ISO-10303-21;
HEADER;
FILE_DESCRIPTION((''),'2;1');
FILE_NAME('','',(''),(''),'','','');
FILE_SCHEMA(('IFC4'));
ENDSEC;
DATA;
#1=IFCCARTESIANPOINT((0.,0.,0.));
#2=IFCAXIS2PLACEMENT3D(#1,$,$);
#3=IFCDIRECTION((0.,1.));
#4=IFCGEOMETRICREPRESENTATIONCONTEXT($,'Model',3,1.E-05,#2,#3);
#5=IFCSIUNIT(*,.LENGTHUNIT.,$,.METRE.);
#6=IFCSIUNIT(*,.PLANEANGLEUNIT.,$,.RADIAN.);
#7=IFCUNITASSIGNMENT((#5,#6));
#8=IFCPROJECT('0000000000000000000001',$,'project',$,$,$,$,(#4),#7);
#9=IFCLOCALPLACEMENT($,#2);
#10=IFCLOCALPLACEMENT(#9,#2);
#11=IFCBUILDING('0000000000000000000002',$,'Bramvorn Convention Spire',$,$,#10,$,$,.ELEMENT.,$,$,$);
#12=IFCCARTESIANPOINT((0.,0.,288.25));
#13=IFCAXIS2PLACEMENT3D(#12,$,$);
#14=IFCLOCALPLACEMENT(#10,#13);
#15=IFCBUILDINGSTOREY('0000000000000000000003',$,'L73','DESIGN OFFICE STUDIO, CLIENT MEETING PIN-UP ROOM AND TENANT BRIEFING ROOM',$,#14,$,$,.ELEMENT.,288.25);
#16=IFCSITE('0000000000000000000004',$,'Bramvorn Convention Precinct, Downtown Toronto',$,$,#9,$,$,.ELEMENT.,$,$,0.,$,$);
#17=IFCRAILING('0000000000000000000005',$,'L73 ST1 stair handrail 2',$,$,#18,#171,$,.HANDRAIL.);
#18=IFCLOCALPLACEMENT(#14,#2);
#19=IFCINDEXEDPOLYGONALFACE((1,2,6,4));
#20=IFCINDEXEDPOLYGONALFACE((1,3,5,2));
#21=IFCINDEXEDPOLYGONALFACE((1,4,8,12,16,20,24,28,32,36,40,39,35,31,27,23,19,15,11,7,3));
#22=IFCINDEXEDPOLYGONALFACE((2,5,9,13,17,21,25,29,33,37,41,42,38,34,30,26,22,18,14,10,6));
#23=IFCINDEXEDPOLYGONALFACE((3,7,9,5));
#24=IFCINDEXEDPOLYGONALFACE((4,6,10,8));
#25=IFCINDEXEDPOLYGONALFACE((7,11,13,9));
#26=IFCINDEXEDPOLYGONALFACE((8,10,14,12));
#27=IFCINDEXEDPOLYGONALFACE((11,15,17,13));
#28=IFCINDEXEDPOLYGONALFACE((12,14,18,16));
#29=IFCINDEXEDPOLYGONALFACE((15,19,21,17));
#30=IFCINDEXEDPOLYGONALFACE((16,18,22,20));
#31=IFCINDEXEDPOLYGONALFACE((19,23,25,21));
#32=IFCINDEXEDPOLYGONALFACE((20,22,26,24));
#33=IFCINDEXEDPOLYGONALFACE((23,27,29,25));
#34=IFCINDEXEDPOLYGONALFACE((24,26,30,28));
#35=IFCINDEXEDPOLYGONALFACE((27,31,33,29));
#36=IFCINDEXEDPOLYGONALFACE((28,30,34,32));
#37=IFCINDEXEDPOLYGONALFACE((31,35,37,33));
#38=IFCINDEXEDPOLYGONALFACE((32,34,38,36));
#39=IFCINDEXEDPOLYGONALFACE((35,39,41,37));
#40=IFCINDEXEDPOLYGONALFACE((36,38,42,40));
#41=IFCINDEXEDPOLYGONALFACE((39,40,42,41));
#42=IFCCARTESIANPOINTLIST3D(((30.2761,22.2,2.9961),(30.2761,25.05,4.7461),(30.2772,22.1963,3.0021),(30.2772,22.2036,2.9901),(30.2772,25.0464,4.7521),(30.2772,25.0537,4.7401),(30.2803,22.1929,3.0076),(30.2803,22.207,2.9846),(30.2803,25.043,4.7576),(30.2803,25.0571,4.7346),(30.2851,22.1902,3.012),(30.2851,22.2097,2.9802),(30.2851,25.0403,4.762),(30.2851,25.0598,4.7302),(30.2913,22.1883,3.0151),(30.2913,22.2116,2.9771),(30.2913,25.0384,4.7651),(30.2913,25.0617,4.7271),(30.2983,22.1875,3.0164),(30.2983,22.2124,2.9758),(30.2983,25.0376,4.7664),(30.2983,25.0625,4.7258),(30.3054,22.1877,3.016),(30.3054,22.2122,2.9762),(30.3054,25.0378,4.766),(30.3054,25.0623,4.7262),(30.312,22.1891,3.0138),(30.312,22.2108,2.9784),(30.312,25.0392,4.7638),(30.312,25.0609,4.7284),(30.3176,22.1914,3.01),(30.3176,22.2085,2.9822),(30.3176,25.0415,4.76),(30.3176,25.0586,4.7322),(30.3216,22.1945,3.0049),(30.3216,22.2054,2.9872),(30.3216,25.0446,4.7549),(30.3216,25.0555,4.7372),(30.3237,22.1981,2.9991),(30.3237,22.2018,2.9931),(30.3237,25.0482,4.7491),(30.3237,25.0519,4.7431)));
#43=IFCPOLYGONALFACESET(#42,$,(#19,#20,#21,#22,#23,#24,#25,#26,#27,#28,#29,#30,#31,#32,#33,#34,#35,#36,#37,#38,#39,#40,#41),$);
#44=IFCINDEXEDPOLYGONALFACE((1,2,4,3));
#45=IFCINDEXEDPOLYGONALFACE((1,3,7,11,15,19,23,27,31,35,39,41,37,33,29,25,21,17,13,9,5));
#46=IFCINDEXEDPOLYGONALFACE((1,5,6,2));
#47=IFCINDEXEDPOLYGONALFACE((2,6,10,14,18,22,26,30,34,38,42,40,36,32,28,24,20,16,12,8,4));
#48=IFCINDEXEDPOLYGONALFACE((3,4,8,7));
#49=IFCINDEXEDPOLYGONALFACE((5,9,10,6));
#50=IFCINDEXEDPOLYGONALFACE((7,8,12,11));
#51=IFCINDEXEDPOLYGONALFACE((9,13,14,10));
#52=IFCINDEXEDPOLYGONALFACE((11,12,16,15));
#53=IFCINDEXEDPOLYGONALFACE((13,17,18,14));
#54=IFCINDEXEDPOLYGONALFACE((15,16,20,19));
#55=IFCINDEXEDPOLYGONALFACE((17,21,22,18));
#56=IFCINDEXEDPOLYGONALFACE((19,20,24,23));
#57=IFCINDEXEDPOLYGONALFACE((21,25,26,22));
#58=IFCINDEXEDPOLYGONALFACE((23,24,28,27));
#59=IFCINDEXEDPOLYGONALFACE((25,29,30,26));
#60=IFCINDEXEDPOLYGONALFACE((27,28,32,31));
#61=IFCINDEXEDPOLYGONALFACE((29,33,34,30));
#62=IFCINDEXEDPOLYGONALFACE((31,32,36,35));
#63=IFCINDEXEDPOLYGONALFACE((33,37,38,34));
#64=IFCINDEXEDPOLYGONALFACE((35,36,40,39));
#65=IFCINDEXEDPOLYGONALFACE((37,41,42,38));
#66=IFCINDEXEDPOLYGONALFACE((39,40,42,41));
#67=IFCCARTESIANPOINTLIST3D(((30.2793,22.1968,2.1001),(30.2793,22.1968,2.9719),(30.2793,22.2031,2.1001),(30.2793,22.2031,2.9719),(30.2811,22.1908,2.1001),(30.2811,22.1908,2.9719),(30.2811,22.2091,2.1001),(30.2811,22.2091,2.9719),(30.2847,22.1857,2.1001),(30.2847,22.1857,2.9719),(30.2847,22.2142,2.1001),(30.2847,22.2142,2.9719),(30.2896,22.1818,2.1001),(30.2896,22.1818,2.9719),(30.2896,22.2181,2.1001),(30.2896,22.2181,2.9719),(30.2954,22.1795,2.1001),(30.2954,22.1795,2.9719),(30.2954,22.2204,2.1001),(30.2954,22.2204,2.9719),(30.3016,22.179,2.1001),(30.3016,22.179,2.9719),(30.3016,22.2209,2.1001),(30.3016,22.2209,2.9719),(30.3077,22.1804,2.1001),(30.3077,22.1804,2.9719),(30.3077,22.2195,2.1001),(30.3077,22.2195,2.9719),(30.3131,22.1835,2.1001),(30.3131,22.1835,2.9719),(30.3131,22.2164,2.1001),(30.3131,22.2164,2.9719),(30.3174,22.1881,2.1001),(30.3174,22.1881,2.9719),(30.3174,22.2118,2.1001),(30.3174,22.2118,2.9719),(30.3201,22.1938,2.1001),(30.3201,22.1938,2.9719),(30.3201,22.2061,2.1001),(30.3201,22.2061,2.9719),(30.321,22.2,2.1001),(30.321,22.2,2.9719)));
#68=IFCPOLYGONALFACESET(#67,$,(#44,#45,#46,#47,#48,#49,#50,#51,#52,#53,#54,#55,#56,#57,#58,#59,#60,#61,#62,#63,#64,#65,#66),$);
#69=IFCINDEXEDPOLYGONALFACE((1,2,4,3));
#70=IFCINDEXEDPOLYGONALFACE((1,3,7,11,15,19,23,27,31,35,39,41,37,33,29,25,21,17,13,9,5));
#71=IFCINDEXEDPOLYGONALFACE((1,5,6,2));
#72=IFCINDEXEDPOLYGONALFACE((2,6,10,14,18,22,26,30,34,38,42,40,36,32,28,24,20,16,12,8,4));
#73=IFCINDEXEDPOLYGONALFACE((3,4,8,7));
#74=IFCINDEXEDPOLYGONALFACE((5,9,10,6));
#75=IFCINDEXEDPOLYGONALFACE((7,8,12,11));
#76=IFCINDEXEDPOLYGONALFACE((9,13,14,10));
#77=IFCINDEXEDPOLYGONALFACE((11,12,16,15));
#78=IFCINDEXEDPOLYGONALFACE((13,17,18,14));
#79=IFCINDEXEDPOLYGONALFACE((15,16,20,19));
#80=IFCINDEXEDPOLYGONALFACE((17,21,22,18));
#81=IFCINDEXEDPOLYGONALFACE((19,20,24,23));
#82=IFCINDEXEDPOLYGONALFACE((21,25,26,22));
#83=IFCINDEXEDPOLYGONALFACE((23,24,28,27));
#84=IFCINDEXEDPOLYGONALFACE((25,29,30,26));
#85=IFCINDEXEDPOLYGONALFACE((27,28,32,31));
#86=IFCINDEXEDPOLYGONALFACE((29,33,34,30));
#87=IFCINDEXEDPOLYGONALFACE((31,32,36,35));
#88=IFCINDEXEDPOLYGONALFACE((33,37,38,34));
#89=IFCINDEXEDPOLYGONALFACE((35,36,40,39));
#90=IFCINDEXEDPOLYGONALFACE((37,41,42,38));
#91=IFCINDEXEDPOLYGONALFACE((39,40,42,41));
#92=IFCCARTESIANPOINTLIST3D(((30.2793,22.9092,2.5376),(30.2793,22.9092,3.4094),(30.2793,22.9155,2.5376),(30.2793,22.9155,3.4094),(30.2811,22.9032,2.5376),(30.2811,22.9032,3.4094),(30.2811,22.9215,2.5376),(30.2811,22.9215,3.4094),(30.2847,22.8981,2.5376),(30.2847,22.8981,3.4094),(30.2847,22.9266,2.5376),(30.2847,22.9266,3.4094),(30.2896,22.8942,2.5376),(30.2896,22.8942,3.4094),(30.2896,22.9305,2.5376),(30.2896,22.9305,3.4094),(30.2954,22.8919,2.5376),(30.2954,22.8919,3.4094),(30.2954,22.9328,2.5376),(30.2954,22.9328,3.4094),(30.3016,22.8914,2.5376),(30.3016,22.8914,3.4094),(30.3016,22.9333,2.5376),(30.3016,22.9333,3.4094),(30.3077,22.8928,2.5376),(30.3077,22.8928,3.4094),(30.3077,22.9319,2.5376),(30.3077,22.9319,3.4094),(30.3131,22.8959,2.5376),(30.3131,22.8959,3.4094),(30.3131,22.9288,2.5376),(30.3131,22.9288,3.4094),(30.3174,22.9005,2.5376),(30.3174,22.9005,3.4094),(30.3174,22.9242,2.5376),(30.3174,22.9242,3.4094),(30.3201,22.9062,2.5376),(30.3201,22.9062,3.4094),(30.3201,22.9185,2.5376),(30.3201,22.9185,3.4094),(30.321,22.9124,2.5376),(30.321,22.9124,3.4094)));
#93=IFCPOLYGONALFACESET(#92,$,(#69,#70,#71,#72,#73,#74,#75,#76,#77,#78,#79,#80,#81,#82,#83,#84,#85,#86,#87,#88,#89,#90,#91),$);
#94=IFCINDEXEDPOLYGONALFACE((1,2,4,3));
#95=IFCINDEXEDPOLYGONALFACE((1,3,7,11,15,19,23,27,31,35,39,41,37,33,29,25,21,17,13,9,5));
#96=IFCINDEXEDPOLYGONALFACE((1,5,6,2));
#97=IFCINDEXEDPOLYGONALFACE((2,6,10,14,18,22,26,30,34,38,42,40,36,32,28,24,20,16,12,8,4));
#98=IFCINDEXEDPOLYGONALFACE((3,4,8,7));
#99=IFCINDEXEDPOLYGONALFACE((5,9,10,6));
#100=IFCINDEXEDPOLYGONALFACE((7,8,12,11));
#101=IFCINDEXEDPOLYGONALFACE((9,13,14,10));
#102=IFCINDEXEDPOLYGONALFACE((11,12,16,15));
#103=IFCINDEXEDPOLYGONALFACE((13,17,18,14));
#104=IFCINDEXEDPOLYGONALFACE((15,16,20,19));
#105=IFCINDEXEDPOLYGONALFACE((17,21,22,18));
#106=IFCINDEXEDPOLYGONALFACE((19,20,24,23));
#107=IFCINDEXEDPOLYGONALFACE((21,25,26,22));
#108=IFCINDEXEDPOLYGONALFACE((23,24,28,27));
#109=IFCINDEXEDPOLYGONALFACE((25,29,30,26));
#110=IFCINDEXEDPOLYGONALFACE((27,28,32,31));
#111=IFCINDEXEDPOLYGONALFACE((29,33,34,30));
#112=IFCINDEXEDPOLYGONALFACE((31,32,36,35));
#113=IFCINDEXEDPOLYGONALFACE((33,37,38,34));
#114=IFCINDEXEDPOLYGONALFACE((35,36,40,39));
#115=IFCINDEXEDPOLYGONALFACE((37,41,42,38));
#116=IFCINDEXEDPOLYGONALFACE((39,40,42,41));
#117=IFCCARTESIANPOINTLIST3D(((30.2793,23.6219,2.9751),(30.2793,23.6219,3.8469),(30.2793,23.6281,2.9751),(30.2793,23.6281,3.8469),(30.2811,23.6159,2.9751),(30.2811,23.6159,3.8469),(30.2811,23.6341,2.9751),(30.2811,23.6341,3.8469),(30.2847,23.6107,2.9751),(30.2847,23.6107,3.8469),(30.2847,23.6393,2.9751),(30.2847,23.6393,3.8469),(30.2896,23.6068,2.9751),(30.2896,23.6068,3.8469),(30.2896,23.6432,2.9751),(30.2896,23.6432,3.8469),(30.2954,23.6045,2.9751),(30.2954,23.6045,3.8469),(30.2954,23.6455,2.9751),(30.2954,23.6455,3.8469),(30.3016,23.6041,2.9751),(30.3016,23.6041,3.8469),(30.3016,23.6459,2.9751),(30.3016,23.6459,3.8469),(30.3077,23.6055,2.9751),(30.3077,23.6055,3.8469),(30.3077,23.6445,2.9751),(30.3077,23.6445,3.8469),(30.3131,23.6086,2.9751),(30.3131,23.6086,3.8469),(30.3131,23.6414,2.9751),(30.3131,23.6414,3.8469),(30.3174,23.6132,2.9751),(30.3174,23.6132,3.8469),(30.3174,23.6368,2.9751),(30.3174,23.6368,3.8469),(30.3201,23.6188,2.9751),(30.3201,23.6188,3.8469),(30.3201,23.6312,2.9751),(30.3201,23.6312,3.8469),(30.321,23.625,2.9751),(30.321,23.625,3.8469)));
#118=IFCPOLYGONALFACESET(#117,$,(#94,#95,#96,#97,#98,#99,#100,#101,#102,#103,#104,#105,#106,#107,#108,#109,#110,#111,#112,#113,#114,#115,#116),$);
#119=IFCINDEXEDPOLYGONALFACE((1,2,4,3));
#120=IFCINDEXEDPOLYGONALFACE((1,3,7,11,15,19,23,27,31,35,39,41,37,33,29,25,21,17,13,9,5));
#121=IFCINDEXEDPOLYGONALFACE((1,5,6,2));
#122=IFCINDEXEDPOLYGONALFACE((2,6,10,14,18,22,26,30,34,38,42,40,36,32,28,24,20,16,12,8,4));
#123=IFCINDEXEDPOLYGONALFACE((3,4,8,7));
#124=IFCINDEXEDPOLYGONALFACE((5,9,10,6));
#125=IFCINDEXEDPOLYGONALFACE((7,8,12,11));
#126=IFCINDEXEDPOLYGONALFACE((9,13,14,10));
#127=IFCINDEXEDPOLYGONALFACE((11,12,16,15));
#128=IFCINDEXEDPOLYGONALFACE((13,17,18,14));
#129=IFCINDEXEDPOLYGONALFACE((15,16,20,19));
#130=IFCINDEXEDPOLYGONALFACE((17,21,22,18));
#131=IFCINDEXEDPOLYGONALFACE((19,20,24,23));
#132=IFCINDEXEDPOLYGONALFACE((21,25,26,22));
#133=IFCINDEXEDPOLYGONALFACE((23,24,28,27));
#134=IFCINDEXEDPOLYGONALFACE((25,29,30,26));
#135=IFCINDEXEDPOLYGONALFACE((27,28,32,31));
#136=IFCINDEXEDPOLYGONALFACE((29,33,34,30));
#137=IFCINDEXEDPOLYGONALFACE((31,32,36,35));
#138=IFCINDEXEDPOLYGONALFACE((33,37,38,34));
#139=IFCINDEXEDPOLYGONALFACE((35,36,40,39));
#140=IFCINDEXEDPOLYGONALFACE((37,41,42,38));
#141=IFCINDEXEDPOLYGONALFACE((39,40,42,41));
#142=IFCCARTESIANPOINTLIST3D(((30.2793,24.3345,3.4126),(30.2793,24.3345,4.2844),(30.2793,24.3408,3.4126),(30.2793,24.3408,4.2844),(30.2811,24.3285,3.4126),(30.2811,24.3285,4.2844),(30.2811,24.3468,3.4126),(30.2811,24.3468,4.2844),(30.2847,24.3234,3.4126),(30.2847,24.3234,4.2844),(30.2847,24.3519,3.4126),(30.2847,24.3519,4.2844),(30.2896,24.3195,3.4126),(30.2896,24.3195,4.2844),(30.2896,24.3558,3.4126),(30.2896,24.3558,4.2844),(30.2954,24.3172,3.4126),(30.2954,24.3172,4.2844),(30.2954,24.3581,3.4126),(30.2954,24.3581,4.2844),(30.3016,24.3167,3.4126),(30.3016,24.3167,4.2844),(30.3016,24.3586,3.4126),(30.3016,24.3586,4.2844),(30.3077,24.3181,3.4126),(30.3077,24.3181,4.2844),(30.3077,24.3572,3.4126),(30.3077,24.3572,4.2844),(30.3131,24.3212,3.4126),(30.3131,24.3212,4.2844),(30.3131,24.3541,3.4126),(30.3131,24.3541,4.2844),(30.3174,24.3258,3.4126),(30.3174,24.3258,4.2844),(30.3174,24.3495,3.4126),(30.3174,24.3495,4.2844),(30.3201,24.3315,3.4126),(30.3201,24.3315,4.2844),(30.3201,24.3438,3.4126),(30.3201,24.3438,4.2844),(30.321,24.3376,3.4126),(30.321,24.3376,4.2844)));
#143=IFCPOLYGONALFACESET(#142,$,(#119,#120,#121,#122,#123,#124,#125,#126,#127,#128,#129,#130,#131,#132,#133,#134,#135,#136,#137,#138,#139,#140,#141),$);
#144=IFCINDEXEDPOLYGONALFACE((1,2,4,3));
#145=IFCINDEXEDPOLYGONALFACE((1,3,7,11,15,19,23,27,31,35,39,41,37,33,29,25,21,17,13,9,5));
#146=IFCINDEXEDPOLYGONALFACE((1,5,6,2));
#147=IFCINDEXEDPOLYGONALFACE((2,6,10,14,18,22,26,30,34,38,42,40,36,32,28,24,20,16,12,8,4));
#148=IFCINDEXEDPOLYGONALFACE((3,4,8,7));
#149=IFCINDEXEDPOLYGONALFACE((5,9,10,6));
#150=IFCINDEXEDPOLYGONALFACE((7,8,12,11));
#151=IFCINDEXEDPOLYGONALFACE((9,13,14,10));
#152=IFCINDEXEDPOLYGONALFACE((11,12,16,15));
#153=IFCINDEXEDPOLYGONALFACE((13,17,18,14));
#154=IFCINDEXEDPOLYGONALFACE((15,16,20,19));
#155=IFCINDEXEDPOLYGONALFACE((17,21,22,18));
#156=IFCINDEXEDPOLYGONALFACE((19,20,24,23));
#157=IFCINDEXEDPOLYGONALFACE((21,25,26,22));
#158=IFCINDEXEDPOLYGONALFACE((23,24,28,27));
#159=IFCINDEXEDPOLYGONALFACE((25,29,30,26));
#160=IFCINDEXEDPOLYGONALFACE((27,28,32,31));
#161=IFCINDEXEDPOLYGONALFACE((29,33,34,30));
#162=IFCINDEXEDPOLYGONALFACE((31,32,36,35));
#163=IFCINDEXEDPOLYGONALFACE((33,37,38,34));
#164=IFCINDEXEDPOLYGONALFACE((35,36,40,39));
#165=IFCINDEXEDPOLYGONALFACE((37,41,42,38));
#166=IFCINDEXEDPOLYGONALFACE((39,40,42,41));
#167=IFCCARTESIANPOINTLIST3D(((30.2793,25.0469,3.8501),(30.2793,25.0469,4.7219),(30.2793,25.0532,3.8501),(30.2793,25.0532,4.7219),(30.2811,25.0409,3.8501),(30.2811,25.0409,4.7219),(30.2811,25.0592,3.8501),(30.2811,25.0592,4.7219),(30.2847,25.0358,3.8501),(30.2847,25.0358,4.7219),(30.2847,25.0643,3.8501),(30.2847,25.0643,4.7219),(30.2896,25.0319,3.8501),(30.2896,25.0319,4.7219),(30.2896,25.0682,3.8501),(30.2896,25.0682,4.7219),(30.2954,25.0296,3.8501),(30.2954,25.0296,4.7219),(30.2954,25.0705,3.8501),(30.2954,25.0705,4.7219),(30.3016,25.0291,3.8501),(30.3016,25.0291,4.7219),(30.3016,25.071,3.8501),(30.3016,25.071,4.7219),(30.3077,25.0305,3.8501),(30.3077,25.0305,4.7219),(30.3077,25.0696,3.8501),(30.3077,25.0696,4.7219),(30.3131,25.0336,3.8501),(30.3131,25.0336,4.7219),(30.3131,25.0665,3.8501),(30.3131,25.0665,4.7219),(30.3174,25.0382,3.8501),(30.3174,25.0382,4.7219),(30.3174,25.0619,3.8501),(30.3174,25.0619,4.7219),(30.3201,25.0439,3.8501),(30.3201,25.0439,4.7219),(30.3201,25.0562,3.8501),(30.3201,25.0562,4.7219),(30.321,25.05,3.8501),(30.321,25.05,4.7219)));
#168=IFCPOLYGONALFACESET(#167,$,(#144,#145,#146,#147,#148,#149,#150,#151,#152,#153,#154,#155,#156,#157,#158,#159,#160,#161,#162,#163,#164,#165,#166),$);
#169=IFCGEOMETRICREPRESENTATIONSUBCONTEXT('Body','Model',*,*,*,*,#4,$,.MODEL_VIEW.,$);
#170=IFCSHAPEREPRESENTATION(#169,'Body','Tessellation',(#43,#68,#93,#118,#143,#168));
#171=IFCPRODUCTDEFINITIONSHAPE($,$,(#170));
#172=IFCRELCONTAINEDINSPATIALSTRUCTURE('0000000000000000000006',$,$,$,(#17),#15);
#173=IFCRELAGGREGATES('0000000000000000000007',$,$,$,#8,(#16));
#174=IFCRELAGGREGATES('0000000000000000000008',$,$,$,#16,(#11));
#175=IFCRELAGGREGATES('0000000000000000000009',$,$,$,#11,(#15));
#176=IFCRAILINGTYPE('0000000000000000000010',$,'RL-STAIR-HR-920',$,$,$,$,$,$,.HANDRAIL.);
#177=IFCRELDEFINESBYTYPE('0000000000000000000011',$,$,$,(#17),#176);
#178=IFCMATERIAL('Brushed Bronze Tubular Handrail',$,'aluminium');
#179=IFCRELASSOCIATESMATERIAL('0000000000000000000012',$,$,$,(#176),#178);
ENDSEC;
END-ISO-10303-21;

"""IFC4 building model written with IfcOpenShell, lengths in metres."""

from ifc_helpers import new_model, si_unit, direction, frame, origin, origin_2d, place, context, subcontext, project, spatial, circle, extrude, material, type_object, element, save


model = new_model("IFC4")

# Units and contexts
model_context = context("Model", 3, precision=1e-05, world=origin(), true_north=direction((0.0, 1.0)))
body_context = subcontext(model_context, "Body", "Model", "MODEL_VIEW")
ifc_project = project(units=[si_unit("LENGTHUNIT", "METRE"), si_unit("PLANEANGLEUNIT", "RADIAN")], contexts=[model_context])

# Site, building, storey
site_placement = place(None, origin())
site = spatial("IfcSite", under=ifc_project, at=site_placement, Name="Bramvorn Convention Precinct, Downtown Toronto", CompositionType="ELEMENT", RefElevation=0.0)
building_placement = place(site_placement, origin())
building = spatial("IfcBuilding", under=site, at=building_placement, Name="Bramvorn Convention Spire", CompositionType="ELEMENT")
storey_placement = place(building_placement, frame((0.0, 0.0, 288.25)))
storey = spatial("IfcBuildingStorey", under=building, at=storey_placement, Name="L73", Description="DESIGN OFFICE STUDIO, CLIENT MEETING PIN-UP ROOM AND TENANT BRIEFING ROOM", CompositionType="ELEMENT", Elevation=288.25)

# Railing
ifc_material_1 = material(Name="Brushed Bronze Tubular Handrail", Category="aluminium")
railing_type_1 = type_object("IfcRailingType", Name="RL-STAIR-HR-920", PredefinedType="HANDRAIL", material=ifc_material_1)
railing_1_placement = place(storey_placement, frame((30.3, 22.2, 2.1001)))
element("IfcRailing", 1, at=railing_1_placement, inside=storey, type_object=railing_type_1, Name="L73 ST1 stair handrail 2", PredefinedType="HANDRAIL", context=body_context, shape_type="SweptSolid", body=[
    extrude(circle(Radius=0.0239, at=origin_2d()), frame((0.0, 0.0, 0.896), z_axis=(0.0, 0.852179, 0.52325), x_axis=(-1.0, 0.0, 0.0)), (0.0, 0.0, 1.0), 3.3445),
    extrude(circle(Radius=0.021, at=origin_2d()), origin(), (0.0, 0.0, 1.0), 0.8718),
    extrude(circle(Radius=0.021, at=origin_2d()), frame((0.0, 0.7124, 0.4375)), (0.0, 0.0, 1.0), 0.8718),
    extrude(circle(Radius=0.021, at=origin_2d()), frame((0.0, 1.425, 0.875)), (0.0, 0.0, 1.0), 0.8718),
    extrude(circle(Radius=0.021, at=origin_2d()), frame((0.0, 2.1377, 1.3125)), (0.0, 0.0, 1.0), 0.8718),
    extrude(circle(Radius=0.021, at=origin_2d()), frame((0.0, 2.8501, 1.75)), (0.0, 0.0, 1.0), 0.8718),
])

save(model, "model.ifc")
